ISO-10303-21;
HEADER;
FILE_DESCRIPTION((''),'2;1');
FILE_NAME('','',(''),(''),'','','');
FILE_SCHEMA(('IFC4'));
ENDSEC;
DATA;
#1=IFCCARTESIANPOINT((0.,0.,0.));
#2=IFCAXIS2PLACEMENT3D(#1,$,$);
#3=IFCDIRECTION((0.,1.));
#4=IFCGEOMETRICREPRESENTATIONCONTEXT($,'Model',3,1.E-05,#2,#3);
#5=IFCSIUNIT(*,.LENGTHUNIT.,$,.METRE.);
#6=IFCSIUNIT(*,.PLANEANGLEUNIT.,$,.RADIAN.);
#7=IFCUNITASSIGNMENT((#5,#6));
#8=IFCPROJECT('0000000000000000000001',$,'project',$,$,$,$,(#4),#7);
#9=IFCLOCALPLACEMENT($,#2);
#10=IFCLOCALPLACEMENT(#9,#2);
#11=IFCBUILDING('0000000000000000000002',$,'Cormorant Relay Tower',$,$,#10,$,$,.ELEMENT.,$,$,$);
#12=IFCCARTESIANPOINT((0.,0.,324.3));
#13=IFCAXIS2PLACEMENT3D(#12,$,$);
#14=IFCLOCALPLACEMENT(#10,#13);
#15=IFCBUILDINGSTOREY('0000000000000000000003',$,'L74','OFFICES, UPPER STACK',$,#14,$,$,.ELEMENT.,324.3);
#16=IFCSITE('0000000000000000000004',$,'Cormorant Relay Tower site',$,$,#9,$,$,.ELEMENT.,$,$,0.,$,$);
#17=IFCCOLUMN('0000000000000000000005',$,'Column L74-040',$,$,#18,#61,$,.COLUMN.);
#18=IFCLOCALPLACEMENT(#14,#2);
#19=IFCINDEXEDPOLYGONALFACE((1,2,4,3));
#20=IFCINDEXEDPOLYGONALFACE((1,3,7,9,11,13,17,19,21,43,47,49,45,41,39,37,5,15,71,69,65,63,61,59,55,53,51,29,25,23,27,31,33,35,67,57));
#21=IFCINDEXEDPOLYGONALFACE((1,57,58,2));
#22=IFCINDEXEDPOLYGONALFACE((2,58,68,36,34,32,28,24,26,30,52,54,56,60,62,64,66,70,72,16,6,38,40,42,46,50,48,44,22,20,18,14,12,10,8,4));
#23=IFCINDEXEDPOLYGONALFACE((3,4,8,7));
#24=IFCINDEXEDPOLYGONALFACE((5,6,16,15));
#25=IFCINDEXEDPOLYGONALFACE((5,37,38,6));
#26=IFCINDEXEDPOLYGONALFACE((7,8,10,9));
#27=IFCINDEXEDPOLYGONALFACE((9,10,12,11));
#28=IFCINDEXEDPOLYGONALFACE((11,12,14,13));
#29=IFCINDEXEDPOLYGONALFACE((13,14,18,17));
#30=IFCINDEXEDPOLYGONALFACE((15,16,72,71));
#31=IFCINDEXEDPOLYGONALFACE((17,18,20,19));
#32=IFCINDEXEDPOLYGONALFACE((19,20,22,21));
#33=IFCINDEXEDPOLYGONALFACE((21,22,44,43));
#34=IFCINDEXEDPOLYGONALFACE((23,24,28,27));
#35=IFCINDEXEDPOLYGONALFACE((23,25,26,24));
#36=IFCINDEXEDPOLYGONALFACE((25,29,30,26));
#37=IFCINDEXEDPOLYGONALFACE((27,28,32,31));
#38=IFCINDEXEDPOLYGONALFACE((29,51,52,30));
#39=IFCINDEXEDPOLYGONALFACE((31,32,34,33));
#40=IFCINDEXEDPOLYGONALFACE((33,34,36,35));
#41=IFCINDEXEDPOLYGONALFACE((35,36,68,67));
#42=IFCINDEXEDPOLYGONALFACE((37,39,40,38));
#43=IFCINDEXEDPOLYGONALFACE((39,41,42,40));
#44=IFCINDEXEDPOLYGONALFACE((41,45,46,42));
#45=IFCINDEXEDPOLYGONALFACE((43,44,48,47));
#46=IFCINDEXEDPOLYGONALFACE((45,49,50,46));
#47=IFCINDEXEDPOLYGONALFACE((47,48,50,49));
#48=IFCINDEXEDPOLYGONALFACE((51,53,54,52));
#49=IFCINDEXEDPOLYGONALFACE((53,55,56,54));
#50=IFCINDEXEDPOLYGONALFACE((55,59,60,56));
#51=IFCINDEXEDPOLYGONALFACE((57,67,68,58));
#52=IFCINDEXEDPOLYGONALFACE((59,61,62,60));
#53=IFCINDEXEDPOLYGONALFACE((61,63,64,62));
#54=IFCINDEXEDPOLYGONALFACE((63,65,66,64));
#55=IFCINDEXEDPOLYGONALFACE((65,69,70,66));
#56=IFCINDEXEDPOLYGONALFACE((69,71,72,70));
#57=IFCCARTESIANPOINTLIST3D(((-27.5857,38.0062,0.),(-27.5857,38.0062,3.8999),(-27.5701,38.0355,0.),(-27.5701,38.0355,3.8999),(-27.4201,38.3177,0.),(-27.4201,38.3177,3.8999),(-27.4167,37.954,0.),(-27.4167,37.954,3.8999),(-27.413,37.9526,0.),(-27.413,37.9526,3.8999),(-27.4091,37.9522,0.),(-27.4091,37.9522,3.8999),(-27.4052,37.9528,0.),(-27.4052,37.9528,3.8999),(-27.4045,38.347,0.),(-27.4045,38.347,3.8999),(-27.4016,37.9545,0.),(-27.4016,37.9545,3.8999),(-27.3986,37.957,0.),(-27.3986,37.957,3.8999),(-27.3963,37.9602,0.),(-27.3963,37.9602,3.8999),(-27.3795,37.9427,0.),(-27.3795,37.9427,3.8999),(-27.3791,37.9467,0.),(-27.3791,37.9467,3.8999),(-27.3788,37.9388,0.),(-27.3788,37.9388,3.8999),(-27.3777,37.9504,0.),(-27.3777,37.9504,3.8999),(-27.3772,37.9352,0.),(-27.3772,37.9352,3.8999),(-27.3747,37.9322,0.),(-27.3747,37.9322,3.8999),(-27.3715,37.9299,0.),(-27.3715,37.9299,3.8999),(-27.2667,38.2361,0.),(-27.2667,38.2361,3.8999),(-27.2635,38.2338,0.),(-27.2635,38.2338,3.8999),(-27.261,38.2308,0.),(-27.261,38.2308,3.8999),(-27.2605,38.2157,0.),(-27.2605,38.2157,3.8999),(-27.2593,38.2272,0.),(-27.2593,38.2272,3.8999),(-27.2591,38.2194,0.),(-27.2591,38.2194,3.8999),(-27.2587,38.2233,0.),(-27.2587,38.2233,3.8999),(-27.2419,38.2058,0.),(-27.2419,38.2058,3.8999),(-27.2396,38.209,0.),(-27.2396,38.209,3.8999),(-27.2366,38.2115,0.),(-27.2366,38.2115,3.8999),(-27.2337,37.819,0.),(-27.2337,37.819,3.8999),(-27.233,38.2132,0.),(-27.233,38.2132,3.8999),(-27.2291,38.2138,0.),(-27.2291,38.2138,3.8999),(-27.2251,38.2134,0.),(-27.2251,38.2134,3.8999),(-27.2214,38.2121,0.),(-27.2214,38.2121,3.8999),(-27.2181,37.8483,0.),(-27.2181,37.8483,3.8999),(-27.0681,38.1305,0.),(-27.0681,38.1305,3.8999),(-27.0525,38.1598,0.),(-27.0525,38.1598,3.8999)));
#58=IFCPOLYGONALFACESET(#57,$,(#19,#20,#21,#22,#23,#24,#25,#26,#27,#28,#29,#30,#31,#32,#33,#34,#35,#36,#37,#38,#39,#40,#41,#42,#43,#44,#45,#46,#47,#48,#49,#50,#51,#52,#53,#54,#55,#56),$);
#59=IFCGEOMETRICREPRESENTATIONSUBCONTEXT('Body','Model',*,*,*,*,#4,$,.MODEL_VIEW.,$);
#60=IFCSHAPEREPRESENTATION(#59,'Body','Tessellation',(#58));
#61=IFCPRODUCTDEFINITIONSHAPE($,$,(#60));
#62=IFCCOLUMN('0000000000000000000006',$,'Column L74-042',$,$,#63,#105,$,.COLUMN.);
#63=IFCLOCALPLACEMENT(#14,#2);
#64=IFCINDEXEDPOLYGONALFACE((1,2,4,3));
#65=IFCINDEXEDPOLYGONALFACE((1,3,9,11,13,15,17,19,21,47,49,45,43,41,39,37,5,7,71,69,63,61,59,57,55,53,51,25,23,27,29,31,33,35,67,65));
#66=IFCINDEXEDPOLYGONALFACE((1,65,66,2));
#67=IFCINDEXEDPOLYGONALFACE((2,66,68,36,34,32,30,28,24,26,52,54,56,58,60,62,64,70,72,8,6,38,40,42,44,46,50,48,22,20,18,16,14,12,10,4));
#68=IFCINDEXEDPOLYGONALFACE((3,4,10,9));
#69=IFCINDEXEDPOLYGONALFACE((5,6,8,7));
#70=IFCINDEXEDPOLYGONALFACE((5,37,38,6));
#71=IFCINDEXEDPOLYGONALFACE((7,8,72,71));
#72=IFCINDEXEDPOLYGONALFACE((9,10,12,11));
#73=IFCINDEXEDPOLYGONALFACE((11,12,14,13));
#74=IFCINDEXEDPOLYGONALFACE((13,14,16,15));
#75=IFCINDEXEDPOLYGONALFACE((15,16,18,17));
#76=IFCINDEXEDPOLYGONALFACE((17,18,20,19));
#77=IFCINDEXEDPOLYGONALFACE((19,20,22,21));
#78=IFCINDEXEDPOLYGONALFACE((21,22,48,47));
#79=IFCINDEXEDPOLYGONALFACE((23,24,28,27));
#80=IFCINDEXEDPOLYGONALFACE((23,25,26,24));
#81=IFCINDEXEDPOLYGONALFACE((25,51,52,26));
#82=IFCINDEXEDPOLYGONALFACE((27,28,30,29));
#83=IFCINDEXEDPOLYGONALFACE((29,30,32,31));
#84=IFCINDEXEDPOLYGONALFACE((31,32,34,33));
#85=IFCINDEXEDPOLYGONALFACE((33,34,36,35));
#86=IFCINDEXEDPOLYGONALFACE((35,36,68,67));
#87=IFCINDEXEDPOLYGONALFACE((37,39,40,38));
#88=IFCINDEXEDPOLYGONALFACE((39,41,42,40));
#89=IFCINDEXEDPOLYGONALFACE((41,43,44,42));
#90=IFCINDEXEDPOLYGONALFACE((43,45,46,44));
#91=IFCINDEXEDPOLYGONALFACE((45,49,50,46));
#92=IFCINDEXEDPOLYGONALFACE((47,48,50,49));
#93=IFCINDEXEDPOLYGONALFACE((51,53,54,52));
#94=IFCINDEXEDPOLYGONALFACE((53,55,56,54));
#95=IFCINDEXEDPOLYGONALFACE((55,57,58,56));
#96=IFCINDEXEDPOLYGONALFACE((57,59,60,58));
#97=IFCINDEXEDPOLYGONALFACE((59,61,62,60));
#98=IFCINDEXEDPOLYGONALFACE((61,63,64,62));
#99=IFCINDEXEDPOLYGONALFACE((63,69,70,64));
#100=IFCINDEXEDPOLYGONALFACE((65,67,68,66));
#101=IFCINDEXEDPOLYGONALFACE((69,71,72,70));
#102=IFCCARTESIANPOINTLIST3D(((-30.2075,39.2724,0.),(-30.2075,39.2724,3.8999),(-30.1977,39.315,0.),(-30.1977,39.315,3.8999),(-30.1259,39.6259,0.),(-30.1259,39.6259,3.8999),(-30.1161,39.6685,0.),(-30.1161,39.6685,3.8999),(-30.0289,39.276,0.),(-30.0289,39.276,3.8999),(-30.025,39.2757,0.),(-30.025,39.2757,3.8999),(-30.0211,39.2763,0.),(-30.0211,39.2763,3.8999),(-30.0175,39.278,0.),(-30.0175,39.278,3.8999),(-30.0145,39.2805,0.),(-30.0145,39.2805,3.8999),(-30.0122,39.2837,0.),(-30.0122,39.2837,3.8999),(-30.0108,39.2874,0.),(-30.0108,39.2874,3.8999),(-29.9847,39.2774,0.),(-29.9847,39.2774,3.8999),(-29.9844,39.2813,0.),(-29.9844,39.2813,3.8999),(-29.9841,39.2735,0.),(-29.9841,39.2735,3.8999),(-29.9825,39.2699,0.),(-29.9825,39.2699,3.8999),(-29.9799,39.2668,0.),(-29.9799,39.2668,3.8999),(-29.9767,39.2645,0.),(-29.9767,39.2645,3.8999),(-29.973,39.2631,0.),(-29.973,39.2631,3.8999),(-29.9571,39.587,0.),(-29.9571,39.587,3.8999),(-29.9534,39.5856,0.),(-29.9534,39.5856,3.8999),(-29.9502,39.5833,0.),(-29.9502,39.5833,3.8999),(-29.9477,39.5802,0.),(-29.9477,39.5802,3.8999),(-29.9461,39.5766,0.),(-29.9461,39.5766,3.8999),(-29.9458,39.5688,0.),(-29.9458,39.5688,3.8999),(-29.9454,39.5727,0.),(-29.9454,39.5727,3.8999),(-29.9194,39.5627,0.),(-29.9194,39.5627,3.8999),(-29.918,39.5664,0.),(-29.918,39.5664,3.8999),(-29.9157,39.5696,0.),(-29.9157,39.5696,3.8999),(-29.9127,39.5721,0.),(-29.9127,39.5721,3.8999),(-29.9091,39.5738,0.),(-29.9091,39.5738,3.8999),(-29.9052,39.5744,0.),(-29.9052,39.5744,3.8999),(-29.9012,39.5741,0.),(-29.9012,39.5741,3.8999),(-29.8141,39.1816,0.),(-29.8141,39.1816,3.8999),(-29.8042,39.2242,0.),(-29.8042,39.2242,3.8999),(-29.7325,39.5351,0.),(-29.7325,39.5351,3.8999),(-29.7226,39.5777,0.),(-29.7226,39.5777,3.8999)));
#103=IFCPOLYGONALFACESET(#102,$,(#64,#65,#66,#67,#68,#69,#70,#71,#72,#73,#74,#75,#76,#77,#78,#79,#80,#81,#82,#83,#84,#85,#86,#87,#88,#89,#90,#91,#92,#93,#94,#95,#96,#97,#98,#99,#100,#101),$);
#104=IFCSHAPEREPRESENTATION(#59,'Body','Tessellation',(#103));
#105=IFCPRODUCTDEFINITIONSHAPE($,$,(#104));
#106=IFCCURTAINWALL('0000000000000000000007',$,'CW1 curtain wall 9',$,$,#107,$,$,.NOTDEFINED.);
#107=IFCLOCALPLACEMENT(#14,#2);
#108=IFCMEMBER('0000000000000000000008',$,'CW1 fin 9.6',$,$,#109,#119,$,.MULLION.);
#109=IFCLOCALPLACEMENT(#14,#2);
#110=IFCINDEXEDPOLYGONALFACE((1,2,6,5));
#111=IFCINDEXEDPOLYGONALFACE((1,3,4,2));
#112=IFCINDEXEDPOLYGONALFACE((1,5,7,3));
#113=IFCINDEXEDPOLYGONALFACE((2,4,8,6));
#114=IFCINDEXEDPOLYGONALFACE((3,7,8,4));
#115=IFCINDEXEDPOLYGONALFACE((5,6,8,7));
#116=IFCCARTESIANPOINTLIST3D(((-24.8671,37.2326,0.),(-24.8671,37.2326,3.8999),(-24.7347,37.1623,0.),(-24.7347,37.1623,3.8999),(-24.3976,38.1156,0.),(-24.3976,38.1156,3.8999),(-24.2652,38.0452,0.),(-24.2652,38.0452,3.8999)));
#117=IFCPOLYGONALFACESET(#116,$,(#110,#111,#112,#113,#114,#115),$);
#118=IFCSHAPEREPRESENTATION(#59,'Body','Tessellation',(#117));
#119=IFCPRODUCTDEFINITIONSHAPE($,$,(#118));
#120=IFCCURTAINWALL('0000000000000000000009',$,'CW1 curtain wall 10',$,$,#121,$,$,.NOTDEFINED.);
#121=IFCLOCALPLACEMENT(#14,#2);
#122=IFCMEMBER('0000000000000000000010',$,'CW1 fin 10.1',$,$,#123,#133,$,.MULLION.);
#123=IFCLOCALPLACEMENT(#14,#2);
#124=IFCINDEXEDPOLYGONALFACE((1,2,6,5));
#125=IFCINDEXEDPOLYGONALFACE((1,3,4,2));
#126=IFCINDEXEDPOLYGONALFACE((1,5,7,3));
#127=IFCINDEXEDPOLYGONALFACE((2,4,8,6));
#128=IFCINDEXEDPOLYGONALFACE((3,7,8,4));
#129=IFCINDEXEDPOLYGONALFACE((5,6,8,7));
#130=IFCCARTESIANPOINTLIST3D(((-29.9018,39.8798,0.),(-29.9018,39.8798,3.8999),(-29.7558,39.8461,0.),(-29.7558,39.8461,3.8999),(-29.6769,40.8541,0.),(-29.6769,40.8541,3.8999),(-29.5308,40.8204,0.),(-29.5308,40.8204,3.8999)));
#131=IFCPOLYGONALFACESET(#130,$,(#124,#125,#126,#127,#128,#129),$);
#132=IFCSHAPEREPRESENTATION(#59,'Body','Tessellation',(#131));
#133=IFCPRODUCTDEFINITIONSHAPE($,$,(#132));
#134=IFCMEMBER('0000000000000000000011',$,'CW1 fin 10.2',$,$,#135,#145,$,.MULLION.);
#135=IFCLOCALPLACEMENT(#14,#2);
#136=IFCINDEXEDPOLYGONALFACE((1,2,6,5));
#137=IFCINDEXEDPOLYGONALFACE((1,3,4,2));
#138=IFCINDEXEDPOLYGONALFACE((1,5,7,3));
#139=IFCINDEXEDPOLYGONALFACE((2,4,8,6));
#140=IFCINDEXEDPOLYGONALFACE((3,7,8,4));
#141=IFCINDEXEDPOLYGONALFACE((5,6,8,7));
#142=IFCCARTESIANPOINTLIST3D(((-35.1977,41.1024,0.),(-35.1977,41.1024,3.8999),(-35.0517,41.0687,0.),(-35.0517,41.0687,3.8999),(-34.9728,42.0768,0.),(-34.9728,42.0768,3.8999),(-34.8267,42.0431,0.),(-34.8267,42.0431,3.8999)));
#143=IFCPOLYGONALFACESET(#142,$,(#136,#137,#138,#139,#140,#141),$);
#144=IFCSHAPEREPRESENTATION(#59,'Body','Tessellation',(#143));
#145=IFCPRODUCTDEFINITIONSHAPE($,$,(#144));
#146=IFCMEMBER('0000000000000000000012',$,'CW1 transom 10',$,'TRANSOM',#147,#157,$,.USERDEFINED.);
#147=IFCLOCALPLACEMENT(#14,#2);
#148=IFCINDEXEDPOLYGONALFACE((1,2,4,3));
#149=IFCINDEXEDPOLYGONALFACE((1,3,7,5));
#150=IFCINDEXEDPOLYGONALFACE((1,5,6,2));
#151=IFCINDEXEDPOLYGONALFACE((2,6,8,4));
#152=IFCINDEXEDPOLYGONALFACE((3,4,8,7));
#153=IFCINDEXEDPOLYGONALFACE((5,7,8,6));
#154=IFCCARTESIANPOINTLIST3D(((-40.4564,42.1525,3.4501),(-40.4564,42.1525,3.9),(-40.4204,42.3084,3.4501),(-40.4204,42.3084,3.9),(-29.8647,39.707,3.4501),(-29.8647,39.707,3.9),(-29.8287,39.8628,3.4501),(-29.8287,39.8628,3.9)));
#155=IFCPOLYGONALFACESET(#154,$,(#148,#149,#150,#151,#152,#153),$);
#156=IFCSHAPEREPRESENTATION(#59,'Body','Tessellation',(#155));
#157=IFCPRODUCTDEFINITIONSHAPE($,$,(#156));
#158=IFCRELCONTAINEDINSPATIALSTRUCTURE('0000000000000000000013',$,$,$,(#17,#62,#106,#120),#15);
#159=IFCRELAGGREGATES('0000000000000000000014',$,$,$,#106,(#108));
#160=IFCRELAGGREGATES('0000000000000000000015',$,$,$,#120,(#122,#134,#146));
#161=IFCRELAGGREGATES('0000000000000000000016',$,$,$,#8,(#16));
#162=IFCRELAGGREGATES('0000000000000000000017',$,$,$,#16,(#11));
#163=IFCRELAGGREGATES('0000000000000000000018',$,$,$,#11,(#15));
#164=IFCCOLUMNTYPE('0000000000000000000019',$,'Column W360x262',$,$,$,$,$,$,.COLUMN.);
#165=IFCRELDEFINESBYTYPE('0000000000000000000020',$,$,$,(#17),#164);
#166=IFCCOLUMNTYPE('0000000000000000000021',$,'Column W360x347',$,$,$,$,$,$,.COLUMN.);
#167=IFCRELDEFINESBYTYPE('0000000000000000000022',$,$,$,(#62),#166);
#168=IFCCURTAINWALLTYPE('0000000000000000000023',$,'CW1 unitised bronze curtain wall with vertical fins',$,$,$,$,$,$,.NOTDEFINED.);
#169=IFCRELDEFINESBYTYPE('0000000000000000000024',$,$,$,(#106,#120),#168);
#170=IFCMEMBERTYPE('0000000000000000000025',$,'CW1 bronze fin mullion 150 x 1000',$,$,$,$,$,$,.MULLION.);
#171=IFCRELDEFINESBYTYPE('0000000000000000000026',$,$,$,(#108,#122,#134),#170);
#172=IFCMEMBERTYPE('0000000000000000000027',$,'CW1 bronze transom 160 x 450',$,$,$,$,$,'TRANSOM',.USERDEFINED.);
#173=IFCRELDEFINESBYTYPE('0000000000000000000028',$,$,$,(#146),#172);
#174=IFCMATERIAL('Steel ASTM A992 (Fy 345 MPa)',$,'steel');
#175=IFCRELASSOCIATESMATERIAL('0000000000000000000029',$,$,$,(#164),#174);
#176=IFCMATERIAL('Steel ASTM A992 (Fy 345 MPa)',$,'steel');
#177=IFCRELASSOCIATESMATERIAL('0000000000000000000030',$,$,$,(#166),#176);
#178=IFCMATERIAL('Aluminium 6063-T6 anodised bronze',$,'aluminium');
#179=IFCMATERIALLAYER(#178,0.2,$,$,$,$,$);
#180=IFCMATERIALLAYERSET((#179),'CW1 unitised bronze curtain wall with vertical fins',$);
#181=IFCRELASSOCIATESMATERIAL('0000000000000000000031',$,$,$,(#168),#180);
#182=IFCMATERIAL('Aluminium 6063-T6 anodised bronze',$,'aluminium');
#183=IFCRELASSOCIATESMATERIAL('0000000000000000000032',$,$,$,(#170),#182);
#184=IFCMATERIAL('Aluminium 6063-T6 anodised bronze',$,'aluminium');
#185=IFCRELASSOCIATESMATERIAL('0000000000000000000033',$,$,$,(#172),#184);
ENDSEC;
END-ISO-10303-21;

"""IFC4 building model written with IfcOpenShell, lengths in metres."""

from ifc_helpers import new_model, si_unit, direction, frame, origin, origin_2d, place, context, subcontext, project, spatial, rectangle, i_section, extrude, material, layer, layer_set, material_profile, profile_set, type_object, element, aggregate, save


model = new_model("IFC4")

# Units and contexts
model_context = context("Model", 3, precision=1e-05, world=origin(), true_north=direction((0.0, 1.0)))
body_context = subcontext(model_context, "Body", "Model", "MODEL_VIEW")
ifc_project = project(units=[si_unit("LENGTHUNIT", "METRE"), si_unit("PLANEANGLEUNIT", "RADIAN")], contexts=[model_context])

# Site, building, storey
site_placement = place(None, origin())
site = spatial("IfcSite", under=ifc_project, at=site_placement, Name="Cormorant Relay Tower site", CompositionType="ELEMENT", RefElevation=0.0)
building_placement = place(site_placement, origin())
building = spatial("IfcBuilding", under=site, at=building_placement, Name="Cormorant Relay Tower", CompositionType="ELEMENT")
storey_placement = place(building_placement, frame((0.0, 0.0, 324.3)))
storey = spatial("IfcBuildingStorey", under=building, at=storey_placement, Name="L74", Description="OFFICES, UPPER STACK", CompositionType="ELEMENT", Elevation=324.3)

# Columns
ifc_material_1 = material(Name="Steel ASTM A992 (Fy 345 MPa)", Category="steel")
ifc_material_profile_1 = material_profile(ifc_material_1, i_section(OverallWidth=0.3987, OverallDepth=0.386, WebThickness=0.021, FlangeThickness=0.0332, FilletRadius=0.0151, at=origin_2d()), Name="W360x262")
ifc_profile_set_1 = profile_set([ifc_material_profile_1], Name="Steel ASTM A992 (Fy 345 MPa)")
column_type_1 = type_object("IfcColumnType", Name="Column W360x262", PredefinedType="COLUMN", material=ifc_profile_set_1)
column_1_placement = place(storey_placement, frame((-27.3191, 38.083, 0.0), z_axis=(0.0, 0.0, 1.0), x_axis=(-0.882948, 0.469472, 0.0)))
element("IfcColumn", 1, at=column_1_placement, inside=storey, type_object=column_type_1, Name="Column L74-040", PredefinedType="COLUMN", context=body_context, shape_type="SweptSolid", body=[
    extrude(i_section(OverallWidth=0.3987, OverallDepth=0.386, WebThickness=0.021, FlangeThickness=0.0332, FilletRadius=0.0151, at=origin_2d()), origin(), (0.0, 0.0, 1.0), 3.8999),
])
ifc_material_2 = material(Name="Steel ASTM A992 (Fy 345 MPa)", Category="steel")
ifc_material_profile_2 = material_profile(ifc_material_2, i_section(OverallWidth=0.4038, OverallDepth=0.4065, WebThickness=0.0271, FlangeThickness=0.0437, FilletRadius=0.0151, at=origin_2d()), Name="W360x347")
ifc_profile_set_2 = profile_set([ifc_material_profile_2], Name="Steel ASTM A992 (Fy 345 MPa)")
column_type_2 = type_object("IfcColumnType", Name="Column W360x347", PredefinedType="COLUMN", material=ifc_profile_set_2)
column_2_placement = place(storey_placement, frame((-29.9651, 39.425, 0.0), z_axis=(0.0, 0.0, 1.0), x_axis=(-0.97437, 0.224951, 0.0)))
element("IfcColumn", 2, at=column_2_placement, inside=storey, type_object=column_type_2, Name="Column L74-042", PredefinedType="COLUMN", context=body_context, shape_type="SweptSolid", body=[
    extrude(i_section(OverallWidth=0.4038, OverallDepth=0.4065, WebThickness=0.0271, FlangeThickness=0.0437, FilletRadius=0.0151, at=origin_2d()), origin(), (0.0, 0.0, 1.0), 3.8999),
])

# Curtain wall, member
ifc_material_3 = material(Name="Aluminium 6063-T6 anodised bronze", Category="aluminium")
ifc_layer_1 = layer(ifc_material_3, 0.2)
ifc_layer_set_1 = layer_set([ifc_layer_1], Name="CW1 unitised bronze curtain wall with vertical fins")
curtain_wall_type = type_object("IfcCurtainWallType", Name="CW1 unitised bronze curtain wall with vertical fins", PredefinedType="NOTDEFINED", material=ifc_layer_set_1)
curtain_wall_1_placement = place(storey_placement, origin())
curtain_wall_1 = element("IfcCurtainWall", 3, at=curtain_wall_1_placement, inside=storey, type_object=curtain_wall_type, Name="CW1 curtain wall 9", PredefinedType="NOTDEFINED")
ifc_material_4 = material(Name="Aluminium 6063-T6 anodised bronze", Category="aluminium")
ifc_material_profile_3 = material_profile(ifc_material_4, rectangle(XDim=0.1499, YDim=1.0, at=origin_2d()), Name="AL 150x1000")
ifc_profile_set_3 = profile_set([ifc_material_profile_3], Name="Aluminium 6063-T6 anodised bronze")
member_type_1 = type_object("IfcMemberType", Name="CW1 bronze fin mullion 150 x 1000", PredefinedType="MULLION", material=ifc_profile_set_3)
member_1_placement = place(storey_placement, frame((-24.5662, 37.6389, 0.0), z_axis=(0.0, 0.0, 1.0), x_axis=(-0.882948, 0.469472, 0.0)))
member_1 = element("IfcMember", 4, at=member_1_placement, type_object=member_type_1, Name="CW1 fin 9.6", PredefinedType="MULLION", context=body_context, shape_type="SweptSolid", body=[
    extrude(rectangle(XDim=0.1499, YDim=1.0, at=origin_2d()), origin(), (0.0, 0.0, 1.0), 3.8999),
])

# Curtain wall, members
curtain_wall_2_placement = place(storey_placement, origin())
curtain_wall_2 = element("IfcCurtainWall", 5, at=curtain_wall_2_placement, inside=storey, type_object=curtain_wall_type, Name="CW1 curtain wall 10", PredefinedType="NOTDEFINED")
member_2_placement = place(storey_placement, frame((-29.7163, 40.3501, 0.0), z_axis=(0.0, 0.0, 1.0), x_axis=(-0.97437, 0.224951, 0.0)))
member_2 = element("IfcMember", 6, at=member_2_placement, type_object=member_type_1, Name="CW1 fin 10.1", PredefinedType="MULLION", context=body_context, shape_type="SweptSolid", body=[
    extrude(rectangle(XDim=0.1499, YDim=1.0, at=origin_2d()), origin(), (0.0, 0.0, 1.0), 3.8999),
])
member_3_placement = place(storey_placement, frame((-35.0122, 41.5728, 0.0), z_axis=(0.0, 0.0, 1.0), x_axis=(-0.97437, 0.224951, 0.0)))
member_3 = element("IfcMember", 7, at=member_3_placement, type_object=member_type_1, Name="CW1 fin 10.2", PredefinedType="MULLION", context=body_context, shape_type="SweptSolid", body=[
    extrude(rectangle(XDim=0.1499, YDim=1.0, at=origin_2d()), origin(), (0.0, 0.0, 1.0), 3.8999),
])
ifc_material_5 = material(Name="Aluminium 6063-T6 anodised bronze", Category="aluminium")
ifc_material_profile_4 = material_profile(ifc_material_5, rectangle(XDim=0.1599, YDim=0.45, at=origin_2d()), Name="AL 160x450")
ifc_profile_set_4 = profile_set([ifc_material_profile_4], Name="Aluminium 6063-T6 anodised bronze")
member_type_2 = type_object("IfcMemberType", Name="CW1 bronze transom 160 x 450", ElementType="TRANSOM", PredefinedType="USERDEFINED", material=ifc_profile_set_4)
member_4_placement = place(storey_placement, frame((-29.8467, 39.7849, 3.675), z_axis=(-0.974365, 0.224973, 0.0), x_axis=(-0.224973, -0.974365, 0.0)))
member_4 = element("IfcMember", 8, at=member_4_placement, type_object=member_type_2, Name="CW1 transom 10", ObjectType="TRANSOM", PredefinedType="USERDEFINED", context=body_context, shape_type="SweptSolid", body=[
    extrude(rectangle(XDim=0.1599, YDim=0.45, at=origin_2d()), origin(), (0.0, 0.0, 1.0), 10.8704),
])

aggregate(curtain_wall_1, [member_1])
aggregate(curtain_wall_2, [member_2, member_3, member_4])

save(model, "model.ifc")
